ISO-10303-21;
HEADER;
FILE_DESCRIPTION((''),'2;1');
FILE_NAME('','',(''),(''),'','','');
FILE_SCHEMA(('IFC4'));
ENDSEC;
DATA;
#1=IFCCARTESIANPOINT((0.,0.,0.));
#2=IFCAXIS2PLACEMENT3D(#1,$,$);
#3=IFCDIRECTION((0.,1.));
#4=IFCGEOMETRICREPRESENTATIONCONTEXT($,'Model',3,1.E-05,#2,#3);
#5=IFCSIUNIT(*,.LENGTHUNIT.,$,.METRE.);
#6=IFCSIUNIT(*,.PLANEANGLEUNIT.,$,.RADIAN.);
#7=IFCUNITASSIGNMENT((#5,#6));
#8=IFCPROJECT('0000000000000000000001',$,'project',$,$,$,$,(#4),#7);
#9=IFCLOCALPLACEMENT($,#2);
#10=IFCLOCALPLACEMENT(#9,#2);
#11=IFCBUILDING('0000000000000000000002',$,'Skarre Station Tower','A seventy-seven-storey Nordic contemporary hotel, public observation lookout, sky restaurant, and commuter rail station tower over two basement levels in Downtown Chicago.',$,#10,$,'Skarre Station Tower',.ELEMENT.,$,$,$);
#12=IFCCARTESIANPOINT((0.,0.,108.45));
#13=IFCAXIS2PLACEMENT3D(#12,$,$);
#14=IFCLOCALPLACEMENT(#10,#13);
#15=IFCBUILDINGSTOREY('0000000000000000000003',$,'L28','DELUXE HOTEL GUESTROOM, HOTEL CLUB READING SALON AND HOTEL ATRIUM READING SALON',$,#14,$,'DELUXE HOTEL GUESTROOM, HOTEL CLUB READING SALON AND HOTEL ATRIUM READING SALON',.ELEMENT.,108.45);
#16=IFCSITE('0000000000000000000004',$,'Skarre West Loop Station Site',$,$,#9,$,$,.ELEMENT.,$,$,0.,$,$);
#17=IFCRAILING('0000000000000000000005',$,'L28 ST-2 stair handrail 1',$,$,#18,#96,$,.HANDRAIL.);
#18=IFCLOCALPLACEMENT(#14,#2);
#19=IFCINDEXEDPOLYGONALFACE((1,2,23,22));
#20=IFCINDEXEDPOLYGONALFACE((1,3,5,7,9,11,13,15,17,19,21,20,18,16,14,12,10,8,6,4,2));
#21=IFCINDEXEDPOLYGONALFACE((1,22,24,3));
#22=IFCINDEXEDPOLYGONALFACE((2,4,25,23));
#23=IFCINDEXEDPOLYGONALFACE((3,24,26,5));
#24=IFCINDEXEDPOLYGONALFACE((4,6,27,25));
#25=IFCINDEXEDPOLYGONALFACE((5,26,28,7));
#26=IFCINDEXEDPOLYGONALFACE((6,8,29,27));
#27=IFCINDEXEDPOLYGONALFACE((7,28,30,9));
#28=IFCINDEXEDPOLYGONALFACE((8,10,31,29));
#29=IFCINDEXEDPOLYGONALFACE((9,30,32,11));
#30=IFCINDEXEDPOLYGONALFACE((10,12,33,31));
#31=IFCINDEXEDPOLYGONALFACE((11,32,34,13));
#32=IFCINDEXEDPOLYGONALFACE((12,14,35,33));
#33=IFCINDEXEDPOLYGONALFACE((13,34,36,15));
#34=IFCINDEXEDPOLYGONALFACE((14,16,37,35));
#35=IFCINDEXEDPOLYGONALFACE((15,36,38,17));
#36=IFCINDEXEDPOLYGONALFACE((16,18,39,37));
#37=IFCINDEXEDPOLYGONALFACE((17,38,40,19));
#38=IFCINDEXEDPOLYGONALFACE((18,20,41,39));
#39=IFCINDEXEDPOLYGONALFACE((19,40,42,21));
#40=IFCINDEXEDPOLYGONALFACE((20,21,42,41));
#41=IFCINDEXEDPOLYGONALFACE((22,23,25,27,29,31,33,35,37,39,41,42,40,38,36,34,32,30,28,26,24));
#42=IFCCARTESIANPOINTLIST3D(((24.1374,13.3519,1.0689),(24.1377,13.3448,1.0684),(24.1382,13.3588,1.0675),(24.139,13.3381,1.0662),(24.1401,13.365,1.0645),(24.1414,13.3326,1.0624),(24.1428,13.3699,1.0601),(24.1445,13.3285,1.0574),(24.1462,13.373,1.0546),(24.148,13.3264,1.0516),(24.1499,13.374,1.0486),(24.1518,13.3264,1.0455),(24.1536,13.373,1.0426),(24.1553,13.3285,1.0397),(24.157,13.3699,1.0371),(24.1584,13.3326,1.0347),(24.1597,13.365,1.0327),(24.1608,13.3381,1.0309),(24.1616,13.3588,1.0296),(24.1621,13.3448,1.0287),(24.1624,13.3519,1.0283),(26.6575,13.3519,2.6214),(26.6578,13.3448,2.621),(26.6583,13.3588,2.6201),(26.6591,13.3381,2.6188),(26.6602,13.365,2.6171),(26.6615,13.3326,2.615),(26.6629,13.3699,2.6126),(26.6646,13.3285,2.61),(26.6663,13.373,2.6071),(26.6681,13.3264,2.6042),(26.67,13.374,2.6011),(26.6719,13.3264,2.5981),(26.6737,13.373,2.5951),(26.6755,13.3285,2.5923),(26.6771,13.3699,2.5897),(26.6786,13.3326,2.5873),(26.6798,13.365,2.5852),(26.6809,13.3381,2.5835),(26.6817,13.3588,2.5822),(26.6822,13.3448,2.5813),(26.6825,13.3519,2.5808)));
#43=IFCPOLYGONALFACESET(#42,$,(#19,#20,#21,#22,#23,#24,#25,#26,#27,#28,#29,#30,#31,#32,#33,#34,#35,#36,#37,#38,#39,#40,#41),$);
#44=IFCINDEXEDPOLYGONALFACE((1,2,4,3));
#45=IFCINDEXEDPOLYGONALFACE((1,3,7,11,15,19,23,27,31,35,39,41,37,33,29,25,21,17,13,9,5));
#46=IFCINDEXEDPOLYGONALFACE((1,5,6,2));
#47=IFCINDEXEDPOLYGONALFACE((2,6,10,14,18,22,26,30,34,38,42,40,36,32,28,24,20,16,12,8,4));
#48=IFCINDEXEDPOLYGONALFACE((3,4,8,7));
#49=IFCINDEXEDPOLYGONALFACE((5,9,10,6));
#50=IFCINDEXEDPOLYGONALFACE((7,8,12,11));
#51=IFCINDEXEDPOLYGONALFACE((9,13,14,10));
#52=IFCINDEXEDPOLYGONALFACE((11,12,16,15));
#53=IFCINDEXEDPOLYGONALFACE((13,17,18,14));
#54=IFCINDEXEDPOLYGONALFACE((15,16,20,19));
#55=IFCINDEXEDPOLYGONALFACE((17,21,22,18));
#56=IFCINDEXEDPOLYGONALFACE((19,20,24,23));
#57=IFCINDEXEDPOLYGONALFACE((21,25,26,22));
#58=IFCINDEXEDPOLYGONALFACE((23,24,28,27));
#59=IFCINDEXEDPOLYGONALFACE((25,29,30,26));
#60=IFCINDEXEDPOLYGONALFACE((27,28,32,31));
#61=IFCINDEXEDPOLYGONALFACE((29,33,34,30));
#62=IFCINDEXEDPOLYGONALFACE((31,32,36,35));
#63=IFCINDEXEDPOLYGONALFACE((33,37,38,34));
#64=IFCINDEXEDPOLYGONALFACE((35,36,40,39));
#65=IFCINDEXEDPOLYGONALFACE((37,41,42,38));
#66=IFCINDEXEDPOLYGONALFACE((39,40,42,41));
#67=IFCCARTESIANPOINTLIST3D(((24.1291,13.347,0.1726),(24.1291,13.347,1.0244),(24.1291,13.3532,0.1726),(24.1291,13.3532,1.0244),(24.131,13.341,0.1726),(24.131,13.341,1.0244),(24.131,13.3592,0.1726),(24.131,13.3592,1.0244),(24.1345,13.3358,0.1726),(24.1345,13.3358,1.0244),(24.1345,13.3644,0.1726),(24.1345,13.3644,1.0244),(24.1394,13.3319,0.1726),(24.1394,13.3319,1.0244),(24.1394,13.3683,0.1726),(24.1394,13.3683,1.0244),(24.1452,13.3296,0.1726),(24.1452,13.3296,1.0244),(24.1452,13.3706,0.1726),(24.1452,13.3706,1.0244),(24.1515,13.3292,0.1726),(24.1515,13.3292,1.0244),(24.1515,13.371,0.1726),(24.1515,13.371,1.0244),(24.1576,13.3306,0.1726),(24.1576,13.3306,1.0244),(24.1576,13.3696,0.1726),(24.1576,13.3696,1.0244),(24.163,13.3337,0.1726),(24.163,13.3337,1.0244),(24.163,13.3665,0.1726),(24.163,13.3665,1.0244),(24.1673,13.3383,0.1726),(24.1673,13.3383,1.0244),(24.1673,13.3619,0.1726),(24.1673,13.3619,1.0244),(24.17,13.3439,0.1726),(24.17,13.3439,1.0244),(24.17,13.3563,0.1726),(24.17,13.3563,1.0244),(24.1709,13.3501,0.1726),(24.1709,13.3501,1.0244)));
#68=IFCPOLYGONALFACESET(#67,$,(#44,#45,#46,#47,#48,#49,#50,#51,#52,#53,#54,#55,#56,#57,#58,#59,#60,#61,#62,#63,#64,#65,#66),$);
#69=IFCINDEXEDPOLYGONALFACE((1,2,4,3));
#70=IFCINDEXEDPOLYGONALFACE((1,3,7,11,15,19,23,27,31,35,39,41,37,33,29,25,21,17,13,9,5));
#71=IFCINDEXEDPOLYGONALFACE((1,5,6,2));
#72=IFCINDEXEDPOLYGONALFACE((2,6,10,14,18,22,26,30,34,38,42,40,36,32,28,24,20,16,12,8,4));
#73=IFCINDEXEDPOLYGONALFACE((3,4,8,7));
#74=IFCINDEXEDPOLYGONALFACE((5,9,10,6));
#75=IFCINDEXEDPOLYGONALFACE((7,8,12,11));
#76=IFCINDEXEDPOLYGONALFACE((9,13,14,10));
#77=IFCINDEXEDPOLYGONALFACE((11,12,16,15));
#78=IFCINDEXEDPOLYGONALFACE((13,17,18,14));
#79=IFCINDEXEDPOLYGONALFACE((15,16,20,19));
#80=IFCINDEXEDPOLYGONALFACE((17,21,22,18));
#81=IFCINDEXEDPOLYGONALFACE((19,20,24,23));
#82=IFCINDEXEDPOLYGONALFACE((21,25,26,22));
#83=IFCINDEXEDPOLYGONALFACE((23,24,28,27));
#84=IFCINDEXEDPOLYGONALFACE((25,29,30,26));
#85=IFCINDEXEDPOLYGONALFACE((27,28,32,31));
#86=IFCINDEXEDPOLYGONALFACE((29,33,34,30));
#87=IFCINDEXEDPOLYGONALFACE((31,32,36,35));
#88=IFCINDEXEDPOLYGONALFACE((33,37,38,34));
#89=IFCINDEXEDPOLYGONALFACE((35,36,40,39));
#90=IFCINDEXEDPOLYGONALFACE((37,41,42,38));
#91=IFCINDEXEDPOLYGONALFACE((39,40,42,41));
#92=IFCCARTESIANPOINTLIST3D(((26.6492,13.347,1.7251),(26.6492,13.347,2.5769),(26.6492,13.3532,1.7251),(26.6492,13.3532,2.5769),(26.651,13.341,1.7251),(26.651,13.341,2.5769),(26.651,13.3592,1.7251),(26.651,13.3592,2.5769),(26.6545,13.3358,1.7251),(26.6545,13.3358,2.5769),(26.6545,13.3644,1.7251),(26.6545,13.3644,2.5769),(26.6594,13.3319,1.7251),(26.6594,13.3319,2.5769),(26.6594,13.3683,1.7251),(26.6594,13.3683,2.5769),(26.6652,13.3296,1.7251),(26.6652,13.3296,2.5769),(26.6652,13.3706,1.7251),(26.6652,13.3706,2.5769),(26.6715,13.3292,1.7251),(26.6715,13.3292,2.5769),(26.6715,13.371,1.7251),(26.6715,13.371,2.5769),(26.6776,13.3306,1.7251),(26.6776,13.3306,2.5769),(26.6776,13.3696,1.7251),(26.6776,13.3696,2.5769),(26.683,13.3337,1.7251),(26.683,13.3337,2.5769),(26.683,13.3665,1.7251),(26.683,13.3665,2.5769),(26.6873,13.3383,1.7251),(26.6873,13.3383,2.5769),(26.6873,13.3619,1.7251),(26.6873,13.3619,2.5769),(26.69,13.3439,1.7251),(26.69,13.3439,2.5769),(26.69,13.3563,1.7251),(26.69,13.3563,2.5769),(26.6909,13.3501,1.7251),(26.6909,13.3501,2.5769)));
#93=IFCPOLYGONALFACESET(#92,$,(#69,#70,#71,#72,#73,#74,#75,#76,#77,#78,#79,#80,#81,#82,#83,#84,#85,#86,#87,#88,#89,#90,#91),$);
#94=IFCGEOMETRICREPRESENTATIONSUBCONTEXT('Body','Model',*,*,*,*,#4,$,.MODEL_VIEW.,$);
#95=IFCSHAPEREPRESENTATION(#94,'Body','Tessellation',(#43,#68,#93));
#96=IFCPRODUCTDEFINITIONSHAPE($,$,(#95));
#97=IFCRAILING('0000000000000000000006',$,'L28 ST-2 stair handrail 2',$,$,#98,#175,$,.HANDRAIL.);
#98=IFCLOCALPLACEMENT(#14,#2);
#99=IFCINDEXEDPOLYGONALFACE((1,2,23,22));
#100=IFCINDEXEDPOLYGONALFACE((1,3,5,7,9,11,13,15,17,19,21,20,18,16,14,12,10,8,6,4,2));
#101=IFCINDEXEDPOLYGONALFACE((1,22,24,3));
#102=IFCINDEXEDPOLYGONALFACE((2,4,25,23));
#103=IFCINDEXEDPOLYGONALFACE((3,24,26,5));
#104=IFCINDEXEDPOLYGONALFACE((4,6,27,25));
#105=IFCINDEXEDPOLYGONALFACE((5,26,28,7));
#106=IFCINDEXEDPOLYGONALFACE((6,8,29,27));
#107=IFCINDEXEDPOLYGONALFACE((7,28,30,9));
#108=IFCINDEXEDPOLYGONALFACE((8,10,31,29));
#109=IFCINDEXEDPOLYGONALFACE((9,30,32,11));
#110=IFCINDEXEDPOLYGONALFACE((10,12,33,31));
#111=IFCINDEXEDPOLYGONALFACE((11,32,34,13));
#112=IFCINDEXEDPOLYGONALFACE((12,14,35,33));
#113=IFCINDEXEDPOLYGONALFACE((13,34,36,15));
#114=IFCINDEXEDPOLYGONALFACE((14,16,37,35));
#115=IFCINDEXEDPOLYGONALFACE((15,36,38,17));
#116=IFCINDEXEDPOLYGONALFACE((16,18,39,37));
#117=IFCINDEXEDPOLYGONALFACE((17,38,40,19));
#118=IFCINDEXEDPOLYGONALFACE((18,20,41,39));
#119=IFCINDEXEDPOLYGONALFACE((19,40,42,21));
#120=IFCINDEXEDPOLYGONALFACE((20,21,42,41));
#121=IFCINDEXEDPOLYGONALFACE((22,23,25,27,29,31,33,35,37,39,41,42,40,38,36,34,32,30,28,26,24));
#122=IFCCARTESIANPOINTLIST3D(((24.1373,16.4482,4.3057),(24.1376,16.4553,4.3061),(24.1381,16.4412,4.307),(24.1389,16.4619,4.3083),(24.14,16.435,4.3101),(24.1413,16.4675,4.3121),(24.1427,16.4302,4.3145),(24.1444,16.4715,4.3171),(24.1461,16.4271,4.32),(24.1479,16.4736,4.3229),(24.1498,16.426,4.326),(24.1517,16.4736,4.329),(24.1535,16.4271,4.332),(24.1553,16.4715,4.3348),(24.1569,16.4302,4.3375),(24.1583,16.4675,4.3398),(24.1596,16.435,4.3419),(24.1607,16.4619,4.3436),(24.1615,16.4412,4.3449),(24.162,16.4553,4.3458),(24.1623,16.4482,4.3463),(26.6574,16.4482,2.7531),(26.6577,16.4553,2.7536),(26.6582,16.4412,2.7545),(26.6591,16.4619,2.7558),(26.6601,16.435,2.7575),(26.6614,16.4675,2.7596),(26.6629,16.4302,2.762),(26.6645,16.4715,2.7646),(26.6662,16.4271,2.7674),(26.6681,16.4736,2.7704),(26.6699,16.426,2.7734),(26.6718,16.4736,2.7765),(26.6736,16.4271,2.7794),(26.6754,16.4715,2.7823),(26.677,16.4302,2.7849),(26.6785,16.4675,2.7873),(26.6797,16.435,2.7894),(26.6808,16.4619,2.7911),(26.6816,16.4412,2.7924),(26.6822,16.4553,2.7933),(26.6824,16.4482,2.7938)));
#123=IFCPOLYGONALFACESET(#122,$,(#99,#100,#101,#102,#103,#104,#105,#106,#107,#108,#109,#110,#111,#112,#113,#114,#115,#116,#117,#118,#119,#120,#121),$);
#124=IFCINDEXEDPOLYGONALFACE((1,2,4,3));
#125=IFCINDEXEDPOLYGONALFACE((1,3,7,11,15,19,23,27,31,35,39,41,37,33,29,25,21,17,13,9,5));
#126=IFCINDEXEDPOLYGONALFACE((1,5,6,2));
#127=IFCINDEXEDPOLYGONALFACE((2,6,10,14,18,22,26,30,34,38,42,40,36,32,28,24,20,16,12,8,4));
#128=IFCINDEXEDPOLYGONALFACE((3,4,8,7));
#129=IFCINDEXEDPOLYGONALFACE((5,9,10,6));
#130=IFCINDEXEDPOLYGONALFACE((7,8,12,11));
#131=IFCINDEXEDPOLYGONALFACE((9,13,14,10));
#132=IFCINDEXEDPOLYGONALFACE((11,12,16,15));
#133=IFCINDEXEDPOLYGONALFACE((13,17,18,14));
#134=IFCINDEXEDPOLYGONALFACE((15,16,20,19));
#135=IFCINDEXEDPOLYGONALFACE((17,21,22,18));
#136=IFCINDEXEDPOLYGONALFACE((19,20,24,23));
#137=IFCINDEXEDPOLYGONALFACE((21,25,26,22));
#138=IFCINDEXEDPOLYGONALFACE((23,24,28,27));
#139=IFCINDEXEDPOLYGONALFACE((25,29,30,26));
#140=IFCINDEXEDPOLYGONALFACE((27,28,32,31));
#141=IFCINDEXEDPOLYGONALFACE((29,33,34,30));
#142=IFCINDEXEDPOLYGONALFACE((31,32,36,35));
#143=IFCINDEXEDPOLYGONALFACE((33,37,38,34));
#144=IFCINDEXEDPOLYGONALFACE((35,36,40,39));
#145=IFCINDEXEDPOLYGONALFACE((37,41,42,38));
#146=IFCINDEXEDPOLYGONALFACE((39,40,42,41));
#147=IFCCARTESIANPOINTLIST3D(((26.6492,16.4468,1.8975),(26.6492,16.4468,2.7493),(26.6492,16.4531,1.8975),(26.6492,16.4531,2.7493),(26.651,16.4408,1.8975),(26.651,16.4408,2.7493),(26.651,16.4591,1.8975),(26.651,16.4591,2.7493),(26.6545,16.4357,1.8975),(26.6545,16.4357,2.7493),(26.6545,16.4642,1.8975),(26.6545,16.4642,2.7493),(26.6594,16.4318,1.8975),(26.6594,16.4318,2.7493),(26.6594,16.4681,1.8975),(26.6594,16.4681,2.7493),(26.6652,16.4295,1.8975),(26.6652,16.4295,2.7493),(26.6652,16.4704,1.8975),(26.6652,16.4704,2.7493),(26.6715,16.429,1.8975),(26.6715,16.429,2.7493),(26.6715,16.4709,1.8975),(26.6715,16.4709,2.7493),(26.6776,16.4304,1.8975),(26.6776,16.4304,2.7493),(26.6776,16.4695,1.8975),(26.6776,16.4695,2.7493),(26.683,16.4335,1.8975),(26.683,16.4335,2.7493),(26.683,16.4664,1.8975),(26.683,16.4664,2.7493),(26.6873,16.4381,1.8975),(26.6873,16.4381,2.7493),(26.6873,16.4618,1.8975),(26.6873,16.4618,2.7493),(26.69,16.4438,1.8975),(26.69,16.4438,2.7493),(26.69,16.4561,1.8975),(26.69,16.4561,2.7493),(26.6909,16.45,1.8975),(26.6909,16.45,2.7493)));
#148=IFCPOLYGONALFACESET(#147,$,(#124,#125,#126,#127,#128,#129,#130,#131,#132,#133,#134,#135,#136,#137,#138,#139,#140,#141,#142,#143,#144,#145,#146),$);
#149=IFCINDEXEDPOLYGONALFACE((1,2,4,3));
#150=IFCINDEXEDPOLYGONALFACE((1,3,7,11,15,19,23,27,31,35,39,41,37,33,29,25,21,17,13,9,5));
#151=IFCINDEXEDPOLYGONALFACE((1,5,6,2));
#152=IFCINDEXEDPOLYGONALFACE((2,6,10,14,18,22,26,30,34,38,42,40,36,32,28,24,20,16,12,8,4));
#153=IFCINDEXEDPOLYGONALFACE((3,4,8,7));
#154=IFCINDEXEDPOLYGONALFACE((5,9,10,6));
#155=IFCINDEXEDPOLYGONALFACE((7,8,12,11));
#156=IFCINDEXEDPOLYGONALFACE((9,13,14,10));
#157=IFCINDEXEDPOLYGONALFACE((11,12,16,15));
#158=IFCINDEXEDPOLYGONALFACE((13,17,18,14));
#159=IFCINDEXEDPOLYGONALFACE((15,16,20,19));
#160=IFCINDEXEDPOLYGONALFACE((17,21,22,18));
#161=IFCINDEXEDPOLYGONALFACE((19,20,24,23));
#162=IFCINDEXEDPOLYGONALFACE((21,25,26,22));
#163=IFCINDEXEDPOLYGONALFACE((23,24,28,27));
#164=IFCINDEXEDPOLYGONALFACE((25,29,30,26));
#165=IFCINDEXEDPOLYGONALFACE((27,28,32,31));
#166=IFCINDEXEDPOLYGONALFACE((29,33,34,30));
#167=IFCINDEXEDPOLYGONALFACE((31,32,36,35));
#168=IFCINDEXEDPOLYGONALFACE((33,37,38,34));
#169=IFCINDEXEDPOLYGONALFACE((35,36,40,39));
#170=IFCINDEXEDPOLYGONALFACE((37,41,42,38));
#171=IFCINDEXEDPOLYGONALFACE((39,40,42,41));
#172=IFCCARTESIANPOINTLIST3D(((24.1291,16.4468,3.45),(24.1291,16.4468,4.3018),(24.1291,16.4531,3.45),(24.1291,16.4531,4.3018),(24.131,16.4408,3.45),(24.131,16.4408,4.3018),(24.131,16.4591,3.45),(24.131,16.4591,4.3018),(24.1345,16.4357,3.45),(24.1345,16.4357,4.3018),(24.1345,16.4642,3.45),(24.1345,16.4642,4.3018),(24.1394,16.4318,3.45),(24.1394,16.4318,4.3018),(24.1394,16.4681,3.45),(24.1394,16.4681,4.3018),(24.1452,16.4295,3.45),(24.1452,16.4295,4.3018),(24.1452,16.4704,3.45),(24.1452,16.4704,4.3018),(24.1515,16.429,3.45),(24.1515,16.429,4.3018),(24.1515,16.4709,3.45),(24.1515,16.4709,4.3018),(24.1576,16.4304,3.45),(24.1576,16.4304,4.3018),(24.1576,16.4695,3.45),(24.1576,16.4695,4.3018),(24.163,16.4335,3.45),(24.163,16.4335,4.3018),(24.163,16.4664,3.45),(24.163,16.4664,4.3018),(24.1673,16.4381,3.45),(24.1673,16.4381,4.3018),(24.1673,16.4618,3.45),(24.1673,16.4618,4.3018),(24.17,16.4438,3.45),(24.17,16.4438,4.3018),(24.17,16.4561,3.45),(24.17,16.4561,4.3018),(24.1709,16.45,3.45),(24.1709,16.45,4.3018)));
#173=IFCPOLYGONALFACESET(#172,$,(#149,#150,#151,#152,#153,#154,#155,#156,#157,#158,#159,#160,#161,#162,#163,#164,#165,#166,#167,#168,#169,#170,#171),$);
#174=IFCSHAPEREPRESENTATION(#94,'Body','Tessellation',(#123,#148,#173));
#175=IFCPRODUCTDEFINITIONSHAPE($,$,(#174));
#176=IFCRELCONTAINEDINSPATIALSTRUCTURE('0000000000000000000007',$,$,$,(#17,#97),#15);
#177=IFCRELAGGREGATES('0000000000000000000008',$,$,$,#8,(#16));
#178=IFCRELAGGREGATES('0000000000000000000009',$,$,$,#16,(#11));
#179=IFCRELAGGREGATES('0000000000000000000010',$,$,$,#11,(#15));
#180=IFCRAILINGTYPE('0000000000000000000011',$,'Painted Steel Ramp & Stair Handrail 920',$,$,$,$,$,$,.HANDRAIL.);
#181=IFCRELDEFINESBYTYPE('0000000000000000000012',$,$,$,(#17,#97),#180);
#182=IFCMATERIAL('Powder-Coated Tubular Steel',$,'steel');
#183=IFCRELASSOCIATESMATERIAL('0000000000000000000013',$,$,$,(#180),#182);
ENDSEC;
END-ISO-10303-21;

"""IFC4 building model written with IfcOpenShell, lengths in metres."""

from ifc_helpers import new_model, si_unit, direction, frame, origin, origin_2d, place, context, subcontext, project, spatial, circle, extrude, material, type_object, element, save


model = new_model("IFC4")

# Units and contexts
model_context = context("Model", 3, precision=1e-05, world=origin(), true_north=direction((0.0, 1.0)))
body_context = subcontext(model_context, "Body", "Model", "MODEL_VIEW")
ifc_project = project(units=[si_unit("LENGTHUNIT", "METRE"), si_unit("PLANEANGLEUNIT", "RADIAN")], contexts=[model_context])

# Site, building, storey
site_placement = place(None, origin())
site = spatial("IfcSite", under=ifc_project, at=site_placement, Name="Skarre West Loop Station Site", CompositionType="ELEMENT", RefElevation=0.0)
building_placement = place(site_placement, origin())
building = spatial("IfcBuilding", under=site, at=building_placement, Name="Skarre Station Tower", Description="A seventy-seven-storey Nordic contemporary hotel, public observation lookout, sky restaurant, and commuter rail station tower over two basement levels in Downtown Chicago.", LongName="Skarre Station Tower", CompositionType="ELEMENT")
storey_placement = place(building_placement, frame((0.0, 0.0, 108.45)))
storey = spatial("IfcBuildingStorey", under=building, at=storey_placement, Name="L28", Description="DELUXE HOTEL GUESTROOM, HOTEL CLUB READING SALON AND HOTEL ATRIUM READING SALON", LongName="DELUXE HOTEL GUESTROOM, HOTEL CLUB READING SALON AND HOTEL ATRIUM READING SALON", CompositionType="ELEMENT", Elevation=108.45)

# Railings
ifc_material_1 = material(Name="Powder-Coated Tubular Steel", Category="steel")
railing_type_1 = type_object("IfcRailingType", Name="Painted Steel Ramp & Stair Handrail 920", PredefinedType="HANDRAIL", material=ifc_material_1)
railing_1_placement = place(storey_placement, frame((24.1499, 13.3501, 0.1726)))
element("IfcRailing", 1, at=railing_1_placement, inside=storey, type_object=railing_type_1, Name="L28 ST-2 stair handrail 1", PredefinedType="HANDRAIL", context=body_context, shape_type="SweptSolid", body=[
    extrude(circle(Radius=0.0239, at=origin_2d()), frame((0.0, 0.0, 0.876), z_axis=(0.8514, 0.0, 0.524516), x_axis=(0.0, 1.0, 0.0)), (0.0, 0.0, 1.0), 2.96),
    extrude(circle(Radius=0.021, at=origin_2d()), origin(), (0.0, 0.0, 1.0), 0.8518),
    extrude(circle(Radius=0.021, at=origin_2d()), frame((2.52, 0.0, 1.5525)), (0.0, 0.0, 1.0), 0.8518),
])
railing_2_placement = place(storey_placement, frame((26.6699, 16.45, 1.8975)))
element("IfcRailing", 2, at=railing_2_placement, inside=storey, type_object=railing_type_1, Name="L28 ST-2 stair handrail 2", PredefinedType="HANDRAIL", context=body_context, shape_type="SweptSolid", body=[
    extrude(circle(Radius=0.0239, at=origin_2d()), frame((0.0, 0.0, 0.876), z_axis=(-0.8514, 0.0, 0.524516), x_axis=(0.0, -1.0, 0.0)), (0.0, 0.0, 1.0), 2.96),
    extrude(circle(Radius=0.021, at=origin_2d()), origin(), (0.0, 0.0, 1.0), 0.8518),
    extrude(circle(Radius=0.021, at=origin_2d()), frame((-2.52, 0.0, 1.5525)), (0.0, 0.0, 1.0), 0.8518),
])

save(model, "model.ifc")
